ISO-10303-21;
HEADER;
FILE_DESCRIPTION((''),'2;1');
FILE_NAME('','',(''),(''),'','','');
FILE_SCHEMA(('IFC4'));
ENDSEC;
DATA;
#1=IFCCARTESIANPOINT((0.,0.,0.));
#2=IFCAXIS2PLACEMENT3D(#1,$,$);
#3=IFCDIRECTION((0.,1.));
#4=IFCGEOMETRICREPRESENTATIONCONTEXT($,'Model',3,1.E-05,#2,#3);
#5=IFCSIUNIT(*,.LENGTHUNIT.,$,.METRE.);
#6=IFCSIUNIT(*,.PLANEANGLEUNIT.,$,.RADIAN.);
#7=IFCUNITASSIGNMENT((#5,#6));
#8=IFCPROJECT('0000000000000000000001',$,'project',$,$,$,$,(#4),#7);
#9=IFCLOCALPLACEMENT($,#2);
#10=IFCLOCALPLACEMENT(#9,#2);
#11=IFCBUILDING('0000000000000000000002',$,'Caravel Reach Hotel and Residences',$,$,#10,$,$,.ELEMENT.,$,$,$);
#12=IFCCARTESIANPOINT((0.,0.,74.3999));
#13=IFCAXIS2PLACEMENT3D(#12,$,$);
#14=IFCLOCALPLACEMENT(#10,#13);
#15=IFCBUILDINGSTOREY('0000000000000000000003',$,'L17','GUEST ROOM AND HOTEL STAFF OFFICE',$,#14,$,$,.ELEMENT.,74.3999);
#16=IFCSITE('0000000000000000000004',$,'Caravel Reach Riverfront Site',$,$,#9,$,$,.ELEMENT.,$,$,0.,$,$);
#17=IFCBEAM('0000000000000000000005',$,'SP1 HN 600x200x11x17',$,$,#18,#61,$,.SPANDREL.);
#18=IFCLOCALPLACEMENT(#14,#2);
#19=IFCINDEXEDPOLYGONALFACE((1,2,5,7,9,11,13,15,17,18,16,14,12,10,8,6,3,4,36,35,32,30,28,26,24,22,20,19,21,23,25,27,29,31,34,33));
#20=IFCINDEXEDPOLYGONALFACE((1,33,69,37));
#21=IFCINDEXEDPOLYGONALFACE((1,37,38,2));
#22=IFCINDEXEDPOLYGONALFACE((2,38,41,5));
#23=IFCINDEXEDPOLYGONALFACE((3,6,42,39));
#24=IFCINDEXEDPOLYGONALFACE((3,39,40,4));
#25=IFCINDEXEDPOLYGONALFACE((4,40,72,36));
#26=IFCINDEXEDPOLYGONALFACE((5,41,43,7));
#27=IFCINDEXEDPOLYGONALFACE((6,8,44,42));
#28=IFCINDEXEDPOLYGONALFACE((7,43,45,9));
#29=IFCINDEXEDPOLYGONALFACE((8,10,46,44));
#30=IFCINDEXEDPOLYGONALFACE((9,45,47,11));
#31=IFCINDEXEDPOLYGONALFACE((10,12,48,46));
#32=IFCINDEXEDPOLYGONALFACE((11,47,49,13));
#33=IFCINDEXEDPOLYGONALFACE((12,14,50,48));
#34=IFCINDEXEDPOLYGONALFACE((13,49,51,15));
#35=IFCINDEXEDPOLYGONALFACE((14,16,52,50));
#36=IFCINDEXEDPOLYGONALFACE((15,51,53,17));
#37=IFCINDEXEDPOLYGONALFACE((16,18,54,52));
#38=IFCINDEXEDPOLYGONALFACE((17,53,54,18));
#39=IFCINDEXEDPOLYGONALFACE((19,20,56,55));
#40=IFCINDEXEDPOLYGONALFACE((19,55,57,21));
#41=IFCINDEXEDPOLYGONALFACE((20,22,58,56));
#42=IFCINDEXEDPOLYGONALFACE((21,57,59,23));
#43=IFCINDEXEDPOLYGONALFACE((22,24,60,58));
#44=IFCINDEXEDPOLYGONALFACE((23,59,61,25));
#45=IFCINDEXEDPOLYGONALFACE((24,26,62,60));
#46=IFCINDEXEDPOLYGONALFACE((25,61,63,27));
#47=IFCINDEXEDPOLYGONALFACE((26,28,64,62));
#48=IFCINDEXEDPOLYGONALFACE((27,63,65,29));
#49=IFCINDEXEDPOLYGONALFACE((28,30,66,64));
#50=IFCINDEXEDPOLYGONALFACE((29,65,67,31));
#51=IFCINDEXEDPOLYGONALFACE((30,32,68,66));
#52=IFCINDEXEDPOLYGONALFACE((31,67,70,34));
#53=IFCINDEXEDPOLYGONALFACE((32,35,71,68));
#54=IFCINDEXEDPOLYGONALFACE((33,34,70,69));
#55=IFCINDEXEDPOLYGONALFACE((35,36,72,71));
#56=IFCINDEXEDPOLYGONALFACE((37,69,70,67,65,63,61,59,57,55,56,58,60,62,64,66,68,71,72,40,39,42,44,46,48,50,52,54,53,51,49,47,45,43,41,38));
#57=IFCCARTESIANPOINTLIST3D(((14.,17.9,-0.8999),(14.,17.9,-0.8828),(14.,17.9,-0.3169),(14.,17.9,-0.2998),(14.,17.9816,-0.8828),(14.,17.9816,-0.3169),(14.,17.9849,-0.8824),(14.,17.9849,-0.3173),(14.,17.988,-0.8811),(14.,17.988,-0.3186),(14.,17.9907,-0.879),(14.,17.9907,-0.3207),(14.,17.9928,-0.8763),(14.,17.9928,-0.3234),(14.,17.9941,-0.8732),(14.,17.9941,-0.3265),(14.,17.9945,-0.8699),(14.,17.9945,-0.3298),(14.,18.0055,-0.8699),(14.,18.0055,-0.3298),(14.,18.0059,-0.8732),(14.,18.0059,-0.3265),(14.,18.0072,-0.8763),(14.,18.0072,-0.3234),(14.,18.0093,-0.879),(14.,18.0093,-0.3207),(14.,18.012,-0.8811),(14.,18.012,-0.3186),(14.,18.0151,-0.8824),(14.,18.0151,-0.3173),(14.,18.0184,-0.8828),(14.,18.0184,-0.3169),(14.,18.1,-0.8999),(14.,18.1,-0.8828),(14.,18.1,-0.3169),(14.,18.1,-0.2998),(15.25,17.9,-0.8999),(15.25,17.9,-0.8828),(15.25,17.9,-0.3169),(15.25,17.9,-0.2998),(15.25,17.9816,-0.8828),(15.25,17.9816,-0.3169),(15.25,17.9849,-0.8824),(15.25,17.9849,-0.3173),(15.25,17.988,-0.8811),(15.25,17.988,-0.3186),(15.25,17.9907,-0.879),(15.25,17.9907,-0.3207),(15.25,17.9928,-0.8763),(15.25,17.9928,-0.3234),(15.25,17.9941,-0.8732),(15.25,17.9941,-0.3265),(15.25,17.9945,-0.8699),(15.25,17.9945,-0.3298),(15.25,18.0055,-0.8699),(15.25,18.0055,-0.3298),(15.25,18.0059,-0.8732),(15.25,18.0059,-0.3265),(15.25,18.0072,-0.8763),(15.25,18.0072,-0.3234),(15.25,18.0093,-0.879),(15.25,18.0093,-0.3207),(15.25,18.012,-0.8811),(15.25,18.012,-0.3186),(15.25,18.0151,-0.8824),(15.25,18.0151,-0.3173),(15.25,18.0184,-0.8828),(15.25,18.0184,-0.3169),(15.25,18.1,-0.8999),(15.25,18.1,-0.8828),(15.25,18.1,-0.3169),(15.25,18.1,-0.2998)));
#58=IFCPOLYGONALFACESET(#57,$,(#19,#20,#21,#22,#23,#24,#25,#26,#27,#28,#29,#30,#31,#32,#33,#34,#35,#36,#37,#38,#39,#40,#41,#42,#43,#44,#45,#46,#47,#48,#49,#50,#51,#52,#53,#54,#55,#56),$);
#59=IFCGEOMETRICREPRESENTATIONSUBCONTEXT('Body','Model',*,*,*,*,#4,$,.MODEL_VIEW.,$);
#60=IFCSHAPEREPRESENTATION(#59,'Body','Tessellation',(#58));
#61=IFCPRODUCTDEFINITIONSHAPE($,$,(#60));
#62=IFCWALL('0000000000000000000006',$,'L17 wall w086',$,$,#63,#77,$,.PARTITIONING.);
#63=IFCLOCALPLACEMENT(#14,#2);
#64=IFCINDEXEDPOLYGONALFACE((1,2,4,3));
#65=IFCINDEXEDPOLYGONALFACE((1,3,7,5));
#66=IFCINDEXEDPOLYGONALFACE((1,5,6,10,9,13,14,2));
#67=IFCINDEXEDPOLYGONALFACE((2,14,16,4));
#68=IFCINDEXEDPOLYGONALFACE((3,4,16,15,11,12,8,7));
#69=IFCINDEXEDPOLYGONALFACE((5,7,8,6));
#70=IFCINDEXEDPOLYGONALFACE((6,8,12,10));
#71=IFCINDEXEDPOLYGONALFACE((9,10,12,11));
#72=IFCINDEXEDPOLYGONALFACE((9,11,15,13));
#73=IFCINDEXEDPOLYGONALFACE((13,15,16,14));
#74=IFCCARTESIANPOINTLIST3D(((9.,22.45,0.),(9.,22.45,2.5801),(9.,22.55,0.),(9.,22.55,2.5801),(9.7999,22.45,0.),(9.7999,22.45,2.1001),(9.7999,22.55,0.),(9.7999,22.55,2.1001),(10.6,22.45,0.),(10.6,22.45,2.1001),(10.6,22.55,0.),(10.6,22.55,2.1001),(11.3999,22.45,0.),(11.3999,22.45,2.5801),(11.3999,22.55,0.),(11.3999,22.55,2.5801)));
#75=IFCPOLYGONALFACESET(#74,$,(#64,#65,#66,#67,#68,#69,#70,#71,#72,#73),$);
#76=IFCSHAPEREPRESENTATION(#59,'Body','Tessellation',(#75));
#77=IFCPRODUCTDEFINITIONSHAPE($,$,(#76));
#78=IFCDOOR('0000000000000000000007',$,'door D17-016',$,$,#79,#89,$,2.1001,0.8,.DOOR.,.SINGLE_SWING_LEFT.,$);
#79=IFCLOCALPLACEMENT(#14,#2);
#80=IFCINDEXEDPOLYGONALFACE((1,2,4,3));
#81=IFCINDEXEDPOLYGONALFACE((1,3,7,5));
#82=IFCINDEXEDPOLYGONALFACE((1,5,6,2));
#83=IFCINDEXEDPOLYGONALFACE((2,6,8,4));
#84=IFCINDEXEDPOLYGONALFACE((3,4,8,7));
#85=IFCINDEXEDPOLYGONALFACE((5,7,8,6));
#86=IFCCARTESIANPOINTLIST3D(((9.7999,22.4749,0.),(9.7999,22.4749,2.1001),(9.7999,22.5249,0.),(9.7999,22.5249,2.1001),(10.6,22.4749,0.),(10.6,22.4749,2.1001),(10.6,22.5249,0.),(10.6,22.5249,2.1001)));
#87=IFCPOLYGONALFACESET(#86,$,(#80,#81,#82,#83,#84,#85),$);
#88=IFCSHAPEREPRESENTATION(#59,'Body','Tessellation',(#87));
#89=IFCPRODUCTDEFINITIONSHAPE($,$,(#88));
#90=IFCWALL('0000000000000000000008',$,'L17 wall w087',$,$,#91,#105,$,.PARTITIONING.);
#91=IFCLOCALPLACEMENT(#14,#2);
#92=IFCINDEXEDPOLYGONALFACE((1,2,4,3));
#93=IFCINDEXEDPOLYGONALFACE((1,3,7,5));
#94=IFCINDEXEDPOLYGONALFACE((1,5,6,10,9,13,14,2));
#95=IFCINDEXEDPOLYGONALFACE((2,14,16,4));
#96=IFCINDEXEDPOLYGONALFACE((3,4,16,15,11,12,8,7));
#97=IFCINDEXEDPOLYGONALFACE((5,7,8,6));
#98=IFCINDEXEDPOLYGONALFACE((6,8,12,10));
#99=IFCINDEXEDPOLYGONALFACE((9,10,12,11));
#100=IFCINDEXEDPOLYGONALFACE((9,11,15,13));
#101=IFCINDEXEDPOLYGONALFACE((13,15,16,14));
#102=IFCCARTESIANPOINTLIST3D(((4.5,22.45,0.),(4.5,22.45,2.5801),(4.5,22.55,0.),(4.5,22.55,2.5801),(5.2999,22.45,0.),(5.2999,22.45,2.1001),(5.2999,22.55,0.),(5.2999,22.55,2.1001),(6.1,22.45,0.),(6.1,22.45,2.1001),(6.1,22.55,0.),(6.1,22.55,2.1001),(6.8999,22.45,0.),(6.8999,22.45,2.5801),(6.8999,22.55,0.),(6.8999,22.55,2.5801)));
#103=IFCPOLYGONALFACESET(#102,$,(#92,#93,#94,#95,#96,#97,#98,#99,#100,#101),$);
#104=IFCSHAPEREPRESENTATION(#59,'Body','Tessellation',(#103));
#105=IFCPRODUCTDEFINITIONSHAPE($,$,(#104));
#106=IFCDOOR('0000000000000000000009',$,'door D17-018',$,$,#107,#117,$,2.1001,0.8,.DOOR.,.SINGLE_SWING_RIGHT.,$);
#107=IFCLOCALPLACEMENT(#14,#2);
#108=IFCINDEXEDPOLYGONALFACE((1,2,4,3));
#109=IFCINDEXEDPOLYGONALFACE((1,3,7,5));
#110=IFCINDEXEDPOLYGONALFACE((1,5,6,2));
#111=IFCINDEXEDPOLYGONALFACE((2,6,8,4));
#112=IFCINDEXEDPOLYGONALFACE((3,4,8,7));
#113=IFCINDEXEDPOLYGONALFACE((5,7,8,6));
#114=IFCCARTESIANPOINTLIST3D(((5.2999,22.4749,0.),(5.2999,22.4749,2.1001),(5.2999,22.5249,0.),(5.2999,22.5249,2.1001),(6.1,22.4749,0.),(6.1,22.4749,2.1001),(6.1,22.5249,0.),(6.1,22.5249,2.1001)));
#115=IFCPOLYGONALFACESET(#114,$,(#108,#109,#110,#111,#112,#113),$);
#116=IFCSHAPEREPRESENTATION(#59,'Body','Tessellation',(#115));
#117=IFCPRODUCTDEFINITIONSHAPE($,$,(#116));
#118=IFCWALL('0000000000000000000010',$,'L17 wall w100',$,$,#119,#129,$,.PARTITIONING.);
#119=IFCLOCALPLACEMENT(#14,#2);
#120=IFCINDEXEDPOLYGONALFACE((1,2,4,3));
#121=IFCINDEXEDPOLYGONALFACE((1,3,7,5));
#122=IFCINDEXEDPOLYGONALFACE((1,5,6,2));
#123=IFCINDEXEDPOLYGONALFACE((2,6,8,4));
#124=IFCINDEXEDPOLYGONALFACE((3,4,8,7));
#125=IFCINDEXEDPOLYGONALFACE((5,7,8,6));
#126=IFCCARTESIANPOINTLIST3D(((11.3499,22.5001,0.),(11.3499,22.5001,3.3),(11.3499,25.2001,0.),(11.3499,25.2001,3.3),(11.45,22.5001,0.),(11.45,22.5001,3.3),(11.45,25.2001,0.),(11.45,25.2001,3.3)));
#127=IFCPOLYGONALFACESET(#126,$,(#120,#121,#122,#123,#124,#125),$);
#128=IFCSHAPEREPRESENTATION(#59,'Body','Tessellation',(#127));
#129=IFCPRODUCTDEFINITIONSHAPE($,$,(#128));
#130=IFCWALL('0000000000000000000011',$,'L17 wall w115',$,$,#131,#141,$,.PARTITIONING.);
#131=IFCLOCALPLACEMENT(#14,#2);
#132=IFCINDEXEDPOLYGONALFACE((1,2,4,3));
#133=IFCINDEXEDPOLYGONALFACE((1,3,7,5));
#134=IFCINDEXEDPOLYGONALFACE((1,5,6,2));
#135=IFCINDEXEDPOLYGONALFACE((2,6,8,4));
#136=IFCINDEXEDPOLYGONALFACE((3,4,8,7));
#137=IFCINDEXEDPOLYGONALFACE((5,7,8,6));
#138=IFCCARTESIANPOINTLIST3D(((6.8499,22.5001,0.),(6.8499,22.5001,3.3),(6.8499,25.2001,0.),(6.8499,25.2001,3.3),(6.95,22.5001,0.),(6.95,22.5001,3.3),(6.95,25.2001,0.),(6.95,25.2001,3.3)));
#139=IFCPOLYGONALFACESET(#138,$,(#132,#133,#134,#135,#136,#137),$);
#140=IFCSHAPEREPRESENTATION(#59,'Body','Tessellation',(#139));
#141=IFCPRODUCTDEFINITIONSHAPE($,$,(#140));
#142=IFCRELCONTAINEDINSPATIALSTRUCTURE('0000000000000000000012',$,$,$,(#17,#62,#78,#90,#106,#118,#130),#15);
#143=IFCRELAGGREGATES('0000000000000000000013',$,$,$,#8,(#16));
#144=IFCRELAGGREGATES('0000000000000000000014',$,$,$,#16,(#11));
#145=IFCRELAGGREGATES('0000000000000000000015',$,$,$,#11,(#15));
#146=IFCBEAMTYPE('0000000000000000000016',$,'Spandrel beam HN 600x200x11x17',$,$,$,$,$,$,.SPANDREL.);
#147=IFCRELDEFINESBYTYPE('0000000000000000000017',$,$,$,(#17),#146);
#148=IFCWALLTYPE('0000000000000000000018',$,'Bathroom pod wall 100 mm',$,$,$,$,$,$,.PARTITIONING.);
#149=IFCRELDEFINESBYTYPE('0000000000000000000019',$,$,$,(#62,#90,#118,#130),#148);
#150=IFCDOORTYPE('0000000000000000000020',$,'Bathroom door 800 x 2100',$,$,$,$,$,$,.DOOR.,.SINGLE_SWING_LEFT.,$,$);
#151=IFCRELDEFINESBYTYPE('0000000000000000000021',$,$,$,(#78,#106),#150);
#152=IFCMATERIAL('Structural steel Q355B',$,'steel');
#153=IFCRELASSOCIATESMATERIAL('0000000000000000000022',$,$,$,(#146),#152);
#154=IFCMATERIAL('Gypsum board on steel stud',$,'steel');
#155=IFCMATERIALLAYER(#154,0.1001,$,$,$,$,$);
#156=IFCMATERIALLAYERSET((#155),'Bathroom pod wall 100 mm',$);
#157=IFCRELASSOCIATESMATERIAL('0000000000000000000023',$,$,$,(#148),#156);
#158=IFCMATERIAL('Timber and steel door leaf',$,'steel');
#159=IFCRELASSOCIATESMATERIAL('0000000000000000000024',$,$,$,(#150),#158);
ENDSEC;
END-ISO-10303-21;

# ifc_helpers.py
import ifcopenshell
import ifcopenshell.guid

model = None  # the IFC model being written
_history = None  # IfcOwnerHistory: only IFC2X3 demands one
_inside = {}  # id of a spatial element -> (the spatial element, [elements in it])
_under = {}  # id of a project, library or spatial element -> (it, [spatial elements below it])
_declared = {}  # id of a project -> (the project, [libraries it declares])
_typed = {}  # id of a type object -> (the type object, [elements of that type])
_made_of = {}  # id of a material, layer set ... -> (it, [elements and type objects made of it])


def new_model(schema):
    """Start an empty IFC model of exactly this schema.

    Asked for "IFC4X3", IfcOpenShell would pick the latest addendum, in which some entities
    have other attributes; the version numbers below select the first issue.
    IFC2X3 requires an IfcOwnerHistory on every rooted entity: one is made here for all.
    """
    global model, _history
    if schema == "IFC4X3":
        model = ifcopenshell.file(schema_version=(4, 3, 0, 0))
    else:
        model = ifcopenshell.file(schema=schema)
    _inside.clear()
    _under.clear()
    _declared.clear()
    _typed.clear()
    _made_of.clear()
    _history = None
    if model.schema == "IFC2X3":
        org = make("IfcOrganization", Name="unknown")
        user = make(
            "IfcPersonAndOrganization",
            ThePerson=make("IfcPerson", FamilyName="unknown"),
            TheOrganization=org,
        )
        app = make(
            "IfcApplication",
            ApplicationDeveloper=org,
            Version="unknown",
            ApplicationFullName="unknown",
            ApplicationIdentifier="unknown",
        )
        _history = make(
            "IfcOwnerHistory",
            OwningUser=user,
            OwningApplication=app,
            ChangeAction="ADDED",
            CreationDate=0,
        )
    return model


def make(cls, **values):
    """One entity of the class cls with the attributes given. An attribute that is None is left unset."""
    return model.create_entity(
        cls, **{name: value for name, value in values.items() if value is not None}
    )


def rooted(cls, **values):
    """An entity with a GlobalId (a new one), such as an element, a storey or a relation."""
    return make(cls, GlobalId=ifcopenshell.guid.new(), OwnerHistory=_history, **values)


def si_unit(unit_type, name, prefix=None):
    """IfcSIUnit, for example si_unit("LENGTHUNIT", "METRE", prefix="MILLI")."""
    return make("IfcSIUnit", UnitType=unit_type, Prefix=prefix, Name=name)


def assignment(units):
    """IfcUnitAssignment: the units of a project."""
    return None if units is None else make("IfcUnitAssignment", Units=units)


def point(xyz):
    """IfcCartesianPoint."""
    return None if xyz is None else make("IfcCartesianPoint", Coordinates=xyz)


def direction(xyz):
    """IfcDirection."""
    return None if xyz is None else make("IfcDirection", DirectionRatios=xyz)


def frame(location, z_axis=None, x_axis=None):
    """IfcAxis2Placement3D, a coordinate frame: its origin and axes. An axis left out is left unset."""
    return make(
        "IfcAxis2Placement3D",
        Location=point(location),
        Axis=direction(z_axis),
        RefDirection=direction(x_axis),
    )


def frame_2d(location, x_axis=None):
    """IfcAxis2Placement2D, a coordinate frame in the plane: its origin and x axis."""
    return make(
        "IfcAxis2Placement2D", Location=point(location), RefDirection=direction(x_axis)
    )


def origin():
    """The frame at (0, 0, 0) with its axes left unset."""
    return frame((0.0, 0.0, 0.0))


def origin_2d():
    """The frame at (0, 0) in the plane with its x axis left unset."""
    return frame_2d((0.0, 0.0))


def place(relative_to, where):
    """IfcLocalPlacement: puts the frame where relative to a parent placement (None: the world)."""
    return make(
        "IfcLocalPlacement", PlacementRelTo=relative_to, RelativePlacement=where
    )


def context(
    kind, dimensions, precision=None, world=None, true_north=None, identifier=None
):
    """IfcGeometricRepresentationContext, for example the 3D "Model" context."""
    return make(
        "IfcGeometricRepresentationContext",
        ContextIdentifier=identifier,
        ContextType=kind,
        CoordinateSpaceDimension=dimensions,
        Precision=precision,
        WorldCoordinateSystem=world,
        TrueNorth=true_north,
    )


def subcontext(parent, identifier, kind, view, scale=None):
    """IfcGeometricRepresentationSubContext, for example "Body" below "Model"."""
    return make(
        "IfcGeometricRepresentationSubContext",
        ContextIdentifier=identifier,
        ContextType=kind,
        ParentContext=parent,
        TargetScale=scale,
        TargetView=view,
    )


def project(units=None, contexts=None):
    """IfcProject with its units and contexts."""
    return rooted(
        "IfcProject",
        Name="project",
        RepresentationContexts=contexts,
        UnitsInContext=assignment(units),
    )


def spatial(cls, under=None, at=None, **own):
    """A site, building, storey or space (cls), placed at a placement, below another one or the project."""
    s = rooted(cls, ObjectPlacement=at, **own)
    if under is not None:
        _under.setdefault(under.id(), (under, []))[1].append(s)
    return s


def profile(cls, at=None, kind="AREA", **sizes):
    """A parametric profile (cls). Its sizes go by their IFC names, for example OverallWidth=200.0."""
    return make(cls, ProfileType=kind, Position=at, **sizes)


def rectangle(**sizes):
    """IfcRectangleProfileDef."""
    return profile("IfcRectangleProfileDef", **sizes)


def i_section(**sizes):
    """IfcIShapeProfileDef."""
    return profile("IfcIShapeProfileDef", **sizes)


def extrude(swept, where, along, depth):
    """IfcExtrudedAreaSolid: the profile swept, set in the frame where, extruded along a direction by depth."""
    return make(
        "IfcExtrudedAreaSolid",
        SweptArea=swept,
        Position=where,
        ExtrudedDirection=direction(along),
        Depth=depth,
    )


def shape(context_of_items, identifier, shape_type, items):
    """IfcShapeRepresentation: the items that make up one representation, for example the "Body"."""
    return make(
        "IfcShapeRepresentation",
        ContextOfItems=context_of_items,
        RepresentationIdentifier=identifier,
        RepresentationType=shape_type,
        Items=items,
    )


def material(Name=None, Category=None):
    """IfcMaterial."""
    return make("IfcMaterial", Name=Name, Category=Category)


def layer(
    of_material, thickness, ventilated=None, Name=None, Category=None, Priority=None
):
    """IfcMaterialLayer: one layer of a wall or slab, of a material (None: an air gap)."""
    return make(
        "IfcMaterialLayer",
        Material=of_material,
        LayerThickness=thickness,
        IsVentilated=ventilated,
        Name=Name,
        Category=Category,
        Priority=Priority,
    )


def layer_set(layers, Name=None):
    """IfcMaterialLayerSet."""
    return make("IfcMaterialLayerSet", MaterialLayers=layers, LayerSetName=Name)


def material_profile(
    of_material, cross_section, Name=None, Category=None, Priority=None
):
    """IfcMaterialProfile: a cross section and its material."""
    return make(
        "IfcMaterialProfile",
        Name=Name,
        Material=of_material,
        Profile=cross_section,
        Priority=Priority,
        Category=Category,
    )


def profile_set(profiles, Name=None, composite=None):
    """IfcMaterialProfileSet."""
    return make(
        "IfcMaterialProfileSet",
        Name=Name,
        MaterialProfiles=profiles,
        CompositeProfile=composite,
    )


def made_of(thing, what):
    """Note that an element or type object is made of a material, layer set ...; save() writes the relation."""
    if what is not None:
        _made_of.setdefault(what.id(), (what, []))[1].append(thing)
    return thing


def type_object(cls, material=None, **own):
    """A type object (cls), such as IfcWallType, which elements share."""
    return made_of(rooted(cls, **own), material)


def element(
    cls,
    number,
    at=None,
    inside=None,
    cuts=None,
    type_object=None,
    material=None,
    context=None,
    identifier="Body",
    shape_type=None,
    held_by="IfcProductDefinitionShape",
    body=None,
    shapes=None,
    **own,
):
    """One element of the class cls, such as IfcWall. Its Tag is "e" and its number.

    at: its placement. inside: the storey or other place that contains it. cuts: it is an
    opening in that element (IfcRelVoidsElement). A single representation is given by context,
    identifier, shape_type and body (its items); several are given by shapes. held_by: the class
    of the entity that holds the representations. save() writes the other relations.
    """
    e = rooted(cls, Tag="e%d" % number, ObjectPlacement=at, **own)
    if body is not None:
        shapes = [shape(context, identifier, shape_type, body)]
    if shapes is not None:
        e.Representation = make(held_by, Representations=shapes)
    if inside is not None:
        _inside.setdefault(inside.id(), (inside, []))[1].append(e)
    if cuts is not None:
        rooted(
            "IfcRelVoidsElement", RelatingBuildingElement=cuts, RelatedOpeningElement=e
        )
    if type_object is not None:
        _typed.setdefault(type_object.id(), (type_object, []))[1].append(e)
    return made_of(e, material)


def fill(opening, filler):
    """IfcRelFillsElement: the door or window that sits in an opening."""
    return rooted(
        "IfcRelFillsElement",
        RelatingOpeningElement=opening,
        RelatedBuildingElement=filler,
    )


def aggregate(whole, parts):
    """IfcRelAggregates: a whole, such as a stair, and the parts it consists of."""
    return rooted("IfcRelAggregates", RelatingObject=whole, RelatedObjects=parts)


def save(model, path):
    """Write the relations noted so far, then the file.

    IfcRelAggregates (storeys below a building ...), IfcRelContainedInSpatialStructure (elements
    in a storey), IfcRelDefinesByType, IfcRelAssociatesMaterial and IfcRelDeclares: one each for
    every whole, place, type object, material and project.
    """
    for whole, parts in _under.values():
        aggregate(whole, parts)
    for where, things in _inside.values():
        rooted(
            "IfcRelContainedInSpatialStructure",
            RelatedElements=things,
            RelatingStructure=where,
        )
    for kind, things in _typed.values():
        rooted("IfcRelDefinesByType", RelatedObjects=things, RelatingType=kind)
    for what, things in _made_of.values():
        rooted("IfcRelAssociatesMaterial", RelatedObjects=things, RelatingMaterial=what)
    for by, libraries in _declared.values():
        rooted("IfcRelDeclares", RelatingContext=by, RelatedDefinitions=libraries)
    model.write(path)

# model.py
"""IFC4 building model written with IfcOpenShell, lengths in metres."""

from ifc_helpers import new_model, si_unit, direction, frame, frame_2d, origin, origin_2d, place, context, subcontext, project, spatial, rectangle, i_section, extrude, material, layer, layer_set, material_profile, profile_set, type_object, element, fill, save


model = new_model("IFC4")

# Units and contexts
model_context = context("Model", 3, precision=1e-05, world=origin(), true_north=direction((0.0, 1.0)))
body_context = subcontext(model_context, "Body", "Model", "MODEL_VIEW")
ifc_project = project(units=[si_unit("LENGTHUNIT", "METRE"), si_unit("PLANEANGLEUNIT", "RADIAN")], contexts=[model_context])

# Site, building, storey
site_placement = place(None, origin())
site = spatial("IfcSite", under=ifc_project, at=site_placement, Name="Caravel Reach Riverfront Site", CompositionType="ELEMENT", RefElevation=0.0)
building_placement = place(site_placement, origin())
building = spatial("IfcBuilding", under=site, at=building_placement, Name="Caravel Reach Hotel and Residences", CompositionType="ELEMENT")
storey_placement = place(building_placement, frame((0.0, 0.0, 74.3999)))
storey = spatial("IfcBuildingStorey", under=building, at=storey_placement, Name="L17", Description="GUEST ROOM AND HOTEL STAFF OFFICE", CompositionType="ELEMENT", Elevation=74.3999)

# Beam
ifc_material_1 = material(Name="Structural steel Q355B", Category="steel")
ifc_material_profile_1 = material_profile(ifc_material_1, i_section(OverallWidth=0.2, OverallDepth=0.6001, WebThickness=0.011, FlangeThickness=0.0171, FilletRadius=0.0129, at=origin_2d()), Name="HN 600x200x11x17")
ifc_profile_set_1 = profile_set([ifc_material_profile_1], Name="Structural steel Q355B")
beam_type_1 = type_object("IfcBeamType", Name="Spandrel beam HN 600x200x11x17", PredefinedType="SPANDREL", material=ifc_profile_set_1)
for number, where, z_axis, x_axis, name in (
    (1, (14.0, 18.0, -0.5999), (1.0, 0.0, 0.0), (0.0, 1.0, 0.0), "SP1 HN 600x200x11x17"),
):
    element("IfcBeam", number, at=place(storey_placement, frame(where, z_axis=z_axis, x_axis=x_axis)), inside=storey, type_object=beam_type_1, Name=name, PredefinedType="SPANDREL", context=body_context, shape_type="SweptSolid", body=[
        extrude(i_section(OverallWidth=0.2, OverallDepth=0.6001, WebThickness=0.011, FlangeThickness=0.0171, FilletRadius=0.0129, at=origin_2d()), origin(), (0.0, 0.0, 1.0), 1.25),
    ])

# Walls, openings, doors
ifc_material_2 = material(Name="Gypsum board on steel stud", Category="steel")
ifc_layer_1 = layer(ifc_material_2, 0.1001)
ifc_layer_set_1 = layer_set([ifc_layer_1], Name="Bathroom pod wall 100 mm")
wall_type_1 = type_object("IfcWallType", Name="Bathroom pod wall 100 mm", PredefinedType="PARTITIONING", material=ifc_layer_set_1)
wall_1_placement = place(storey_placement, frame((9.0, 22.5, 0.0), z_axis=(0.0, 0.0, 1.0), x_axis=(1.0, 0.0, 0.0)))
wall_1 = element("IfcWall", 2, at=wall_1_placement, inside=storey, type_object=wall_type_1, Name="L17 wall w086", PredefinedType="PARTITIONING", context=body_context, shape_type="SweptSolid", body=[
    extrude(rectangle(XDim=2.3999, YDim=0.1001, at=frame_2d((1.2, 0.0))), origin(), (0.0, 0.0, 1.0), 2.5801),
])
opening_1_placement = place(wall_1_placement, frame((0.8, 0.0, 0.0)))
opening_1 = element("IfcOpeningElement", 3, at=opening_1_placement, cuts=wall_1, PredefinedType="OPENING", context=body_context, shape_type="SweptSolid", body=[
    extrude(rectangle(XDim=0.8, YDim=2.1001, at=frame_2d((0.3999, 1.05))), frame((0.0, 0.0601, 0.0), z_axis=(0.0, -1.0, 0.0), x_axis=(1.0, 0.0, 0.0)), (0.0, 0.0, 1.0), 0.1201),
])
ifc_material_3 = material(Name="Timber and steel door leaf", Category="steel")
door_type_1 = type_object("IfcDoorType", Name="Bathroom door 800 x 2100", OperationType="SINGLE_SWING_LEFT", PredefinedType="DOOR", material=ifc_material_3)
door_1_placement = place(opening_1_placement, origin())
door_1 = element("IfcDoor", 4, at=door_1_placement, inside=storey, type_object=door_type_1, Name="door D17-016", OperationType="SINGLE_SWING_LEFT", OverallHeight=2.1001, OverallWidth=0.8, PredefinedType="DOOR", context=body_context, shape_type="SweptSolid", body=[
    extrude(rectangle(XDim=0.8, YDim=2.1001, at=frame_2d((0.3999, 1.05))), frame((0.0, 0.0249, 0.0), z_axis=(0.0, -1.0, 0.0), x_axis=(1.0, 0.0, 0.0)), (0.0, 0.0, 1.0), 0.05),
])
fill(opening_1, door_1)
wall_2_placement = place(storey_placement, frame((4.5, 22.5, 0.0), z_axis=(0.0, 0.0, 1.0), x_axis=(1.0, 0.0, 0.0)))
wall_2 = element("IfcWall", 5, at=wall_2_placement, inside=storey, type_object=wall_type_1, Name="L17 wall w087", PredefinedType="PARTITIONING", context=body_context, shape_type="SweptSolid", body=[
    extrude(rectangle(XDim=2.3999, YDim=0.1001, at=frame_2d((1.2, 0.0))), origin(), (0.0, 0.0, 1.0), 2.5801),
])
opening_2_placement = place(wall_2_placement, frame((0.8, 0.0, 0.0)))
opening_2 = element("IfcOpeningElement", 6, at=opening_2_placement, cuts=wall_2, PredefinedType="OPENING", context=body_context, shape_type="SweptSolid", body=[
    extrude(rectangle(XDim=0.8, YDim=2.1001, at=frame_2d((0.3999, 1.05))), frame((0.0, 0.0601, 0.0), z_axis=(0.0, -1.0, 0.0), x_axis=(1.0, 0.0, 0.0)), (0.0, 0.0, 1.0), 0.1201),
])
door_2_placement = place(opening_2_placement, origin())
door_2 = element("IfcDoor", 7, at=door_2_placement, inside=storey, type_object=door_type_1, Name="door D17-018", OperationType="SINGLE_SWING_RIGHT", OverallHeight=2.1001, OverallWidth=0.8, PredefinedType="DOOR", context=body_context, shape_type="SweptSolid", body=[
    extrude(rectangle(XDim=0.8, YDim=2.1001, at=frame_2d((0.3999, 1.05))), frame((0.0, 0.0249, 0.0), z_axis=(0.0, -1.0, 0.0), x_axis=(1.0, 0.0, 0.0)), (0.0, 0.0, 1.0), 0.05),
])
fill(opening_2, door_2)

# Walls
for number, where, z_axis, x_axis, name in (
    (8, (11.3999, 22.5, 0.0), (0.0, 0.0, 1.0), (0.0, 1.0, 0.0), "L17 wall w100"),
    (9, (6.8999, 22.5, 0.0), (0.0, 0.0, 1.0), (0.0, 1.0, 0.0), "L17 wall w115"),
):
    element("IfcWall", number, at=place(storey_placement, frame(where, z_axis=z_axis, x_axis=x_axis)), inside=storey, type_object=wall_type_1, Name=name, PredefinedType="PARTITIONING", context=body_context, shape_type="SweptSolid", body=[
        extrude(rectangle(XDim=2.7, YDim=0.1001, at=frame_2d((1.3501, 0.0))), origin(), (0.0, 0.0, 1.0), 3.3),
    ])

save(model, "model.ifc")
